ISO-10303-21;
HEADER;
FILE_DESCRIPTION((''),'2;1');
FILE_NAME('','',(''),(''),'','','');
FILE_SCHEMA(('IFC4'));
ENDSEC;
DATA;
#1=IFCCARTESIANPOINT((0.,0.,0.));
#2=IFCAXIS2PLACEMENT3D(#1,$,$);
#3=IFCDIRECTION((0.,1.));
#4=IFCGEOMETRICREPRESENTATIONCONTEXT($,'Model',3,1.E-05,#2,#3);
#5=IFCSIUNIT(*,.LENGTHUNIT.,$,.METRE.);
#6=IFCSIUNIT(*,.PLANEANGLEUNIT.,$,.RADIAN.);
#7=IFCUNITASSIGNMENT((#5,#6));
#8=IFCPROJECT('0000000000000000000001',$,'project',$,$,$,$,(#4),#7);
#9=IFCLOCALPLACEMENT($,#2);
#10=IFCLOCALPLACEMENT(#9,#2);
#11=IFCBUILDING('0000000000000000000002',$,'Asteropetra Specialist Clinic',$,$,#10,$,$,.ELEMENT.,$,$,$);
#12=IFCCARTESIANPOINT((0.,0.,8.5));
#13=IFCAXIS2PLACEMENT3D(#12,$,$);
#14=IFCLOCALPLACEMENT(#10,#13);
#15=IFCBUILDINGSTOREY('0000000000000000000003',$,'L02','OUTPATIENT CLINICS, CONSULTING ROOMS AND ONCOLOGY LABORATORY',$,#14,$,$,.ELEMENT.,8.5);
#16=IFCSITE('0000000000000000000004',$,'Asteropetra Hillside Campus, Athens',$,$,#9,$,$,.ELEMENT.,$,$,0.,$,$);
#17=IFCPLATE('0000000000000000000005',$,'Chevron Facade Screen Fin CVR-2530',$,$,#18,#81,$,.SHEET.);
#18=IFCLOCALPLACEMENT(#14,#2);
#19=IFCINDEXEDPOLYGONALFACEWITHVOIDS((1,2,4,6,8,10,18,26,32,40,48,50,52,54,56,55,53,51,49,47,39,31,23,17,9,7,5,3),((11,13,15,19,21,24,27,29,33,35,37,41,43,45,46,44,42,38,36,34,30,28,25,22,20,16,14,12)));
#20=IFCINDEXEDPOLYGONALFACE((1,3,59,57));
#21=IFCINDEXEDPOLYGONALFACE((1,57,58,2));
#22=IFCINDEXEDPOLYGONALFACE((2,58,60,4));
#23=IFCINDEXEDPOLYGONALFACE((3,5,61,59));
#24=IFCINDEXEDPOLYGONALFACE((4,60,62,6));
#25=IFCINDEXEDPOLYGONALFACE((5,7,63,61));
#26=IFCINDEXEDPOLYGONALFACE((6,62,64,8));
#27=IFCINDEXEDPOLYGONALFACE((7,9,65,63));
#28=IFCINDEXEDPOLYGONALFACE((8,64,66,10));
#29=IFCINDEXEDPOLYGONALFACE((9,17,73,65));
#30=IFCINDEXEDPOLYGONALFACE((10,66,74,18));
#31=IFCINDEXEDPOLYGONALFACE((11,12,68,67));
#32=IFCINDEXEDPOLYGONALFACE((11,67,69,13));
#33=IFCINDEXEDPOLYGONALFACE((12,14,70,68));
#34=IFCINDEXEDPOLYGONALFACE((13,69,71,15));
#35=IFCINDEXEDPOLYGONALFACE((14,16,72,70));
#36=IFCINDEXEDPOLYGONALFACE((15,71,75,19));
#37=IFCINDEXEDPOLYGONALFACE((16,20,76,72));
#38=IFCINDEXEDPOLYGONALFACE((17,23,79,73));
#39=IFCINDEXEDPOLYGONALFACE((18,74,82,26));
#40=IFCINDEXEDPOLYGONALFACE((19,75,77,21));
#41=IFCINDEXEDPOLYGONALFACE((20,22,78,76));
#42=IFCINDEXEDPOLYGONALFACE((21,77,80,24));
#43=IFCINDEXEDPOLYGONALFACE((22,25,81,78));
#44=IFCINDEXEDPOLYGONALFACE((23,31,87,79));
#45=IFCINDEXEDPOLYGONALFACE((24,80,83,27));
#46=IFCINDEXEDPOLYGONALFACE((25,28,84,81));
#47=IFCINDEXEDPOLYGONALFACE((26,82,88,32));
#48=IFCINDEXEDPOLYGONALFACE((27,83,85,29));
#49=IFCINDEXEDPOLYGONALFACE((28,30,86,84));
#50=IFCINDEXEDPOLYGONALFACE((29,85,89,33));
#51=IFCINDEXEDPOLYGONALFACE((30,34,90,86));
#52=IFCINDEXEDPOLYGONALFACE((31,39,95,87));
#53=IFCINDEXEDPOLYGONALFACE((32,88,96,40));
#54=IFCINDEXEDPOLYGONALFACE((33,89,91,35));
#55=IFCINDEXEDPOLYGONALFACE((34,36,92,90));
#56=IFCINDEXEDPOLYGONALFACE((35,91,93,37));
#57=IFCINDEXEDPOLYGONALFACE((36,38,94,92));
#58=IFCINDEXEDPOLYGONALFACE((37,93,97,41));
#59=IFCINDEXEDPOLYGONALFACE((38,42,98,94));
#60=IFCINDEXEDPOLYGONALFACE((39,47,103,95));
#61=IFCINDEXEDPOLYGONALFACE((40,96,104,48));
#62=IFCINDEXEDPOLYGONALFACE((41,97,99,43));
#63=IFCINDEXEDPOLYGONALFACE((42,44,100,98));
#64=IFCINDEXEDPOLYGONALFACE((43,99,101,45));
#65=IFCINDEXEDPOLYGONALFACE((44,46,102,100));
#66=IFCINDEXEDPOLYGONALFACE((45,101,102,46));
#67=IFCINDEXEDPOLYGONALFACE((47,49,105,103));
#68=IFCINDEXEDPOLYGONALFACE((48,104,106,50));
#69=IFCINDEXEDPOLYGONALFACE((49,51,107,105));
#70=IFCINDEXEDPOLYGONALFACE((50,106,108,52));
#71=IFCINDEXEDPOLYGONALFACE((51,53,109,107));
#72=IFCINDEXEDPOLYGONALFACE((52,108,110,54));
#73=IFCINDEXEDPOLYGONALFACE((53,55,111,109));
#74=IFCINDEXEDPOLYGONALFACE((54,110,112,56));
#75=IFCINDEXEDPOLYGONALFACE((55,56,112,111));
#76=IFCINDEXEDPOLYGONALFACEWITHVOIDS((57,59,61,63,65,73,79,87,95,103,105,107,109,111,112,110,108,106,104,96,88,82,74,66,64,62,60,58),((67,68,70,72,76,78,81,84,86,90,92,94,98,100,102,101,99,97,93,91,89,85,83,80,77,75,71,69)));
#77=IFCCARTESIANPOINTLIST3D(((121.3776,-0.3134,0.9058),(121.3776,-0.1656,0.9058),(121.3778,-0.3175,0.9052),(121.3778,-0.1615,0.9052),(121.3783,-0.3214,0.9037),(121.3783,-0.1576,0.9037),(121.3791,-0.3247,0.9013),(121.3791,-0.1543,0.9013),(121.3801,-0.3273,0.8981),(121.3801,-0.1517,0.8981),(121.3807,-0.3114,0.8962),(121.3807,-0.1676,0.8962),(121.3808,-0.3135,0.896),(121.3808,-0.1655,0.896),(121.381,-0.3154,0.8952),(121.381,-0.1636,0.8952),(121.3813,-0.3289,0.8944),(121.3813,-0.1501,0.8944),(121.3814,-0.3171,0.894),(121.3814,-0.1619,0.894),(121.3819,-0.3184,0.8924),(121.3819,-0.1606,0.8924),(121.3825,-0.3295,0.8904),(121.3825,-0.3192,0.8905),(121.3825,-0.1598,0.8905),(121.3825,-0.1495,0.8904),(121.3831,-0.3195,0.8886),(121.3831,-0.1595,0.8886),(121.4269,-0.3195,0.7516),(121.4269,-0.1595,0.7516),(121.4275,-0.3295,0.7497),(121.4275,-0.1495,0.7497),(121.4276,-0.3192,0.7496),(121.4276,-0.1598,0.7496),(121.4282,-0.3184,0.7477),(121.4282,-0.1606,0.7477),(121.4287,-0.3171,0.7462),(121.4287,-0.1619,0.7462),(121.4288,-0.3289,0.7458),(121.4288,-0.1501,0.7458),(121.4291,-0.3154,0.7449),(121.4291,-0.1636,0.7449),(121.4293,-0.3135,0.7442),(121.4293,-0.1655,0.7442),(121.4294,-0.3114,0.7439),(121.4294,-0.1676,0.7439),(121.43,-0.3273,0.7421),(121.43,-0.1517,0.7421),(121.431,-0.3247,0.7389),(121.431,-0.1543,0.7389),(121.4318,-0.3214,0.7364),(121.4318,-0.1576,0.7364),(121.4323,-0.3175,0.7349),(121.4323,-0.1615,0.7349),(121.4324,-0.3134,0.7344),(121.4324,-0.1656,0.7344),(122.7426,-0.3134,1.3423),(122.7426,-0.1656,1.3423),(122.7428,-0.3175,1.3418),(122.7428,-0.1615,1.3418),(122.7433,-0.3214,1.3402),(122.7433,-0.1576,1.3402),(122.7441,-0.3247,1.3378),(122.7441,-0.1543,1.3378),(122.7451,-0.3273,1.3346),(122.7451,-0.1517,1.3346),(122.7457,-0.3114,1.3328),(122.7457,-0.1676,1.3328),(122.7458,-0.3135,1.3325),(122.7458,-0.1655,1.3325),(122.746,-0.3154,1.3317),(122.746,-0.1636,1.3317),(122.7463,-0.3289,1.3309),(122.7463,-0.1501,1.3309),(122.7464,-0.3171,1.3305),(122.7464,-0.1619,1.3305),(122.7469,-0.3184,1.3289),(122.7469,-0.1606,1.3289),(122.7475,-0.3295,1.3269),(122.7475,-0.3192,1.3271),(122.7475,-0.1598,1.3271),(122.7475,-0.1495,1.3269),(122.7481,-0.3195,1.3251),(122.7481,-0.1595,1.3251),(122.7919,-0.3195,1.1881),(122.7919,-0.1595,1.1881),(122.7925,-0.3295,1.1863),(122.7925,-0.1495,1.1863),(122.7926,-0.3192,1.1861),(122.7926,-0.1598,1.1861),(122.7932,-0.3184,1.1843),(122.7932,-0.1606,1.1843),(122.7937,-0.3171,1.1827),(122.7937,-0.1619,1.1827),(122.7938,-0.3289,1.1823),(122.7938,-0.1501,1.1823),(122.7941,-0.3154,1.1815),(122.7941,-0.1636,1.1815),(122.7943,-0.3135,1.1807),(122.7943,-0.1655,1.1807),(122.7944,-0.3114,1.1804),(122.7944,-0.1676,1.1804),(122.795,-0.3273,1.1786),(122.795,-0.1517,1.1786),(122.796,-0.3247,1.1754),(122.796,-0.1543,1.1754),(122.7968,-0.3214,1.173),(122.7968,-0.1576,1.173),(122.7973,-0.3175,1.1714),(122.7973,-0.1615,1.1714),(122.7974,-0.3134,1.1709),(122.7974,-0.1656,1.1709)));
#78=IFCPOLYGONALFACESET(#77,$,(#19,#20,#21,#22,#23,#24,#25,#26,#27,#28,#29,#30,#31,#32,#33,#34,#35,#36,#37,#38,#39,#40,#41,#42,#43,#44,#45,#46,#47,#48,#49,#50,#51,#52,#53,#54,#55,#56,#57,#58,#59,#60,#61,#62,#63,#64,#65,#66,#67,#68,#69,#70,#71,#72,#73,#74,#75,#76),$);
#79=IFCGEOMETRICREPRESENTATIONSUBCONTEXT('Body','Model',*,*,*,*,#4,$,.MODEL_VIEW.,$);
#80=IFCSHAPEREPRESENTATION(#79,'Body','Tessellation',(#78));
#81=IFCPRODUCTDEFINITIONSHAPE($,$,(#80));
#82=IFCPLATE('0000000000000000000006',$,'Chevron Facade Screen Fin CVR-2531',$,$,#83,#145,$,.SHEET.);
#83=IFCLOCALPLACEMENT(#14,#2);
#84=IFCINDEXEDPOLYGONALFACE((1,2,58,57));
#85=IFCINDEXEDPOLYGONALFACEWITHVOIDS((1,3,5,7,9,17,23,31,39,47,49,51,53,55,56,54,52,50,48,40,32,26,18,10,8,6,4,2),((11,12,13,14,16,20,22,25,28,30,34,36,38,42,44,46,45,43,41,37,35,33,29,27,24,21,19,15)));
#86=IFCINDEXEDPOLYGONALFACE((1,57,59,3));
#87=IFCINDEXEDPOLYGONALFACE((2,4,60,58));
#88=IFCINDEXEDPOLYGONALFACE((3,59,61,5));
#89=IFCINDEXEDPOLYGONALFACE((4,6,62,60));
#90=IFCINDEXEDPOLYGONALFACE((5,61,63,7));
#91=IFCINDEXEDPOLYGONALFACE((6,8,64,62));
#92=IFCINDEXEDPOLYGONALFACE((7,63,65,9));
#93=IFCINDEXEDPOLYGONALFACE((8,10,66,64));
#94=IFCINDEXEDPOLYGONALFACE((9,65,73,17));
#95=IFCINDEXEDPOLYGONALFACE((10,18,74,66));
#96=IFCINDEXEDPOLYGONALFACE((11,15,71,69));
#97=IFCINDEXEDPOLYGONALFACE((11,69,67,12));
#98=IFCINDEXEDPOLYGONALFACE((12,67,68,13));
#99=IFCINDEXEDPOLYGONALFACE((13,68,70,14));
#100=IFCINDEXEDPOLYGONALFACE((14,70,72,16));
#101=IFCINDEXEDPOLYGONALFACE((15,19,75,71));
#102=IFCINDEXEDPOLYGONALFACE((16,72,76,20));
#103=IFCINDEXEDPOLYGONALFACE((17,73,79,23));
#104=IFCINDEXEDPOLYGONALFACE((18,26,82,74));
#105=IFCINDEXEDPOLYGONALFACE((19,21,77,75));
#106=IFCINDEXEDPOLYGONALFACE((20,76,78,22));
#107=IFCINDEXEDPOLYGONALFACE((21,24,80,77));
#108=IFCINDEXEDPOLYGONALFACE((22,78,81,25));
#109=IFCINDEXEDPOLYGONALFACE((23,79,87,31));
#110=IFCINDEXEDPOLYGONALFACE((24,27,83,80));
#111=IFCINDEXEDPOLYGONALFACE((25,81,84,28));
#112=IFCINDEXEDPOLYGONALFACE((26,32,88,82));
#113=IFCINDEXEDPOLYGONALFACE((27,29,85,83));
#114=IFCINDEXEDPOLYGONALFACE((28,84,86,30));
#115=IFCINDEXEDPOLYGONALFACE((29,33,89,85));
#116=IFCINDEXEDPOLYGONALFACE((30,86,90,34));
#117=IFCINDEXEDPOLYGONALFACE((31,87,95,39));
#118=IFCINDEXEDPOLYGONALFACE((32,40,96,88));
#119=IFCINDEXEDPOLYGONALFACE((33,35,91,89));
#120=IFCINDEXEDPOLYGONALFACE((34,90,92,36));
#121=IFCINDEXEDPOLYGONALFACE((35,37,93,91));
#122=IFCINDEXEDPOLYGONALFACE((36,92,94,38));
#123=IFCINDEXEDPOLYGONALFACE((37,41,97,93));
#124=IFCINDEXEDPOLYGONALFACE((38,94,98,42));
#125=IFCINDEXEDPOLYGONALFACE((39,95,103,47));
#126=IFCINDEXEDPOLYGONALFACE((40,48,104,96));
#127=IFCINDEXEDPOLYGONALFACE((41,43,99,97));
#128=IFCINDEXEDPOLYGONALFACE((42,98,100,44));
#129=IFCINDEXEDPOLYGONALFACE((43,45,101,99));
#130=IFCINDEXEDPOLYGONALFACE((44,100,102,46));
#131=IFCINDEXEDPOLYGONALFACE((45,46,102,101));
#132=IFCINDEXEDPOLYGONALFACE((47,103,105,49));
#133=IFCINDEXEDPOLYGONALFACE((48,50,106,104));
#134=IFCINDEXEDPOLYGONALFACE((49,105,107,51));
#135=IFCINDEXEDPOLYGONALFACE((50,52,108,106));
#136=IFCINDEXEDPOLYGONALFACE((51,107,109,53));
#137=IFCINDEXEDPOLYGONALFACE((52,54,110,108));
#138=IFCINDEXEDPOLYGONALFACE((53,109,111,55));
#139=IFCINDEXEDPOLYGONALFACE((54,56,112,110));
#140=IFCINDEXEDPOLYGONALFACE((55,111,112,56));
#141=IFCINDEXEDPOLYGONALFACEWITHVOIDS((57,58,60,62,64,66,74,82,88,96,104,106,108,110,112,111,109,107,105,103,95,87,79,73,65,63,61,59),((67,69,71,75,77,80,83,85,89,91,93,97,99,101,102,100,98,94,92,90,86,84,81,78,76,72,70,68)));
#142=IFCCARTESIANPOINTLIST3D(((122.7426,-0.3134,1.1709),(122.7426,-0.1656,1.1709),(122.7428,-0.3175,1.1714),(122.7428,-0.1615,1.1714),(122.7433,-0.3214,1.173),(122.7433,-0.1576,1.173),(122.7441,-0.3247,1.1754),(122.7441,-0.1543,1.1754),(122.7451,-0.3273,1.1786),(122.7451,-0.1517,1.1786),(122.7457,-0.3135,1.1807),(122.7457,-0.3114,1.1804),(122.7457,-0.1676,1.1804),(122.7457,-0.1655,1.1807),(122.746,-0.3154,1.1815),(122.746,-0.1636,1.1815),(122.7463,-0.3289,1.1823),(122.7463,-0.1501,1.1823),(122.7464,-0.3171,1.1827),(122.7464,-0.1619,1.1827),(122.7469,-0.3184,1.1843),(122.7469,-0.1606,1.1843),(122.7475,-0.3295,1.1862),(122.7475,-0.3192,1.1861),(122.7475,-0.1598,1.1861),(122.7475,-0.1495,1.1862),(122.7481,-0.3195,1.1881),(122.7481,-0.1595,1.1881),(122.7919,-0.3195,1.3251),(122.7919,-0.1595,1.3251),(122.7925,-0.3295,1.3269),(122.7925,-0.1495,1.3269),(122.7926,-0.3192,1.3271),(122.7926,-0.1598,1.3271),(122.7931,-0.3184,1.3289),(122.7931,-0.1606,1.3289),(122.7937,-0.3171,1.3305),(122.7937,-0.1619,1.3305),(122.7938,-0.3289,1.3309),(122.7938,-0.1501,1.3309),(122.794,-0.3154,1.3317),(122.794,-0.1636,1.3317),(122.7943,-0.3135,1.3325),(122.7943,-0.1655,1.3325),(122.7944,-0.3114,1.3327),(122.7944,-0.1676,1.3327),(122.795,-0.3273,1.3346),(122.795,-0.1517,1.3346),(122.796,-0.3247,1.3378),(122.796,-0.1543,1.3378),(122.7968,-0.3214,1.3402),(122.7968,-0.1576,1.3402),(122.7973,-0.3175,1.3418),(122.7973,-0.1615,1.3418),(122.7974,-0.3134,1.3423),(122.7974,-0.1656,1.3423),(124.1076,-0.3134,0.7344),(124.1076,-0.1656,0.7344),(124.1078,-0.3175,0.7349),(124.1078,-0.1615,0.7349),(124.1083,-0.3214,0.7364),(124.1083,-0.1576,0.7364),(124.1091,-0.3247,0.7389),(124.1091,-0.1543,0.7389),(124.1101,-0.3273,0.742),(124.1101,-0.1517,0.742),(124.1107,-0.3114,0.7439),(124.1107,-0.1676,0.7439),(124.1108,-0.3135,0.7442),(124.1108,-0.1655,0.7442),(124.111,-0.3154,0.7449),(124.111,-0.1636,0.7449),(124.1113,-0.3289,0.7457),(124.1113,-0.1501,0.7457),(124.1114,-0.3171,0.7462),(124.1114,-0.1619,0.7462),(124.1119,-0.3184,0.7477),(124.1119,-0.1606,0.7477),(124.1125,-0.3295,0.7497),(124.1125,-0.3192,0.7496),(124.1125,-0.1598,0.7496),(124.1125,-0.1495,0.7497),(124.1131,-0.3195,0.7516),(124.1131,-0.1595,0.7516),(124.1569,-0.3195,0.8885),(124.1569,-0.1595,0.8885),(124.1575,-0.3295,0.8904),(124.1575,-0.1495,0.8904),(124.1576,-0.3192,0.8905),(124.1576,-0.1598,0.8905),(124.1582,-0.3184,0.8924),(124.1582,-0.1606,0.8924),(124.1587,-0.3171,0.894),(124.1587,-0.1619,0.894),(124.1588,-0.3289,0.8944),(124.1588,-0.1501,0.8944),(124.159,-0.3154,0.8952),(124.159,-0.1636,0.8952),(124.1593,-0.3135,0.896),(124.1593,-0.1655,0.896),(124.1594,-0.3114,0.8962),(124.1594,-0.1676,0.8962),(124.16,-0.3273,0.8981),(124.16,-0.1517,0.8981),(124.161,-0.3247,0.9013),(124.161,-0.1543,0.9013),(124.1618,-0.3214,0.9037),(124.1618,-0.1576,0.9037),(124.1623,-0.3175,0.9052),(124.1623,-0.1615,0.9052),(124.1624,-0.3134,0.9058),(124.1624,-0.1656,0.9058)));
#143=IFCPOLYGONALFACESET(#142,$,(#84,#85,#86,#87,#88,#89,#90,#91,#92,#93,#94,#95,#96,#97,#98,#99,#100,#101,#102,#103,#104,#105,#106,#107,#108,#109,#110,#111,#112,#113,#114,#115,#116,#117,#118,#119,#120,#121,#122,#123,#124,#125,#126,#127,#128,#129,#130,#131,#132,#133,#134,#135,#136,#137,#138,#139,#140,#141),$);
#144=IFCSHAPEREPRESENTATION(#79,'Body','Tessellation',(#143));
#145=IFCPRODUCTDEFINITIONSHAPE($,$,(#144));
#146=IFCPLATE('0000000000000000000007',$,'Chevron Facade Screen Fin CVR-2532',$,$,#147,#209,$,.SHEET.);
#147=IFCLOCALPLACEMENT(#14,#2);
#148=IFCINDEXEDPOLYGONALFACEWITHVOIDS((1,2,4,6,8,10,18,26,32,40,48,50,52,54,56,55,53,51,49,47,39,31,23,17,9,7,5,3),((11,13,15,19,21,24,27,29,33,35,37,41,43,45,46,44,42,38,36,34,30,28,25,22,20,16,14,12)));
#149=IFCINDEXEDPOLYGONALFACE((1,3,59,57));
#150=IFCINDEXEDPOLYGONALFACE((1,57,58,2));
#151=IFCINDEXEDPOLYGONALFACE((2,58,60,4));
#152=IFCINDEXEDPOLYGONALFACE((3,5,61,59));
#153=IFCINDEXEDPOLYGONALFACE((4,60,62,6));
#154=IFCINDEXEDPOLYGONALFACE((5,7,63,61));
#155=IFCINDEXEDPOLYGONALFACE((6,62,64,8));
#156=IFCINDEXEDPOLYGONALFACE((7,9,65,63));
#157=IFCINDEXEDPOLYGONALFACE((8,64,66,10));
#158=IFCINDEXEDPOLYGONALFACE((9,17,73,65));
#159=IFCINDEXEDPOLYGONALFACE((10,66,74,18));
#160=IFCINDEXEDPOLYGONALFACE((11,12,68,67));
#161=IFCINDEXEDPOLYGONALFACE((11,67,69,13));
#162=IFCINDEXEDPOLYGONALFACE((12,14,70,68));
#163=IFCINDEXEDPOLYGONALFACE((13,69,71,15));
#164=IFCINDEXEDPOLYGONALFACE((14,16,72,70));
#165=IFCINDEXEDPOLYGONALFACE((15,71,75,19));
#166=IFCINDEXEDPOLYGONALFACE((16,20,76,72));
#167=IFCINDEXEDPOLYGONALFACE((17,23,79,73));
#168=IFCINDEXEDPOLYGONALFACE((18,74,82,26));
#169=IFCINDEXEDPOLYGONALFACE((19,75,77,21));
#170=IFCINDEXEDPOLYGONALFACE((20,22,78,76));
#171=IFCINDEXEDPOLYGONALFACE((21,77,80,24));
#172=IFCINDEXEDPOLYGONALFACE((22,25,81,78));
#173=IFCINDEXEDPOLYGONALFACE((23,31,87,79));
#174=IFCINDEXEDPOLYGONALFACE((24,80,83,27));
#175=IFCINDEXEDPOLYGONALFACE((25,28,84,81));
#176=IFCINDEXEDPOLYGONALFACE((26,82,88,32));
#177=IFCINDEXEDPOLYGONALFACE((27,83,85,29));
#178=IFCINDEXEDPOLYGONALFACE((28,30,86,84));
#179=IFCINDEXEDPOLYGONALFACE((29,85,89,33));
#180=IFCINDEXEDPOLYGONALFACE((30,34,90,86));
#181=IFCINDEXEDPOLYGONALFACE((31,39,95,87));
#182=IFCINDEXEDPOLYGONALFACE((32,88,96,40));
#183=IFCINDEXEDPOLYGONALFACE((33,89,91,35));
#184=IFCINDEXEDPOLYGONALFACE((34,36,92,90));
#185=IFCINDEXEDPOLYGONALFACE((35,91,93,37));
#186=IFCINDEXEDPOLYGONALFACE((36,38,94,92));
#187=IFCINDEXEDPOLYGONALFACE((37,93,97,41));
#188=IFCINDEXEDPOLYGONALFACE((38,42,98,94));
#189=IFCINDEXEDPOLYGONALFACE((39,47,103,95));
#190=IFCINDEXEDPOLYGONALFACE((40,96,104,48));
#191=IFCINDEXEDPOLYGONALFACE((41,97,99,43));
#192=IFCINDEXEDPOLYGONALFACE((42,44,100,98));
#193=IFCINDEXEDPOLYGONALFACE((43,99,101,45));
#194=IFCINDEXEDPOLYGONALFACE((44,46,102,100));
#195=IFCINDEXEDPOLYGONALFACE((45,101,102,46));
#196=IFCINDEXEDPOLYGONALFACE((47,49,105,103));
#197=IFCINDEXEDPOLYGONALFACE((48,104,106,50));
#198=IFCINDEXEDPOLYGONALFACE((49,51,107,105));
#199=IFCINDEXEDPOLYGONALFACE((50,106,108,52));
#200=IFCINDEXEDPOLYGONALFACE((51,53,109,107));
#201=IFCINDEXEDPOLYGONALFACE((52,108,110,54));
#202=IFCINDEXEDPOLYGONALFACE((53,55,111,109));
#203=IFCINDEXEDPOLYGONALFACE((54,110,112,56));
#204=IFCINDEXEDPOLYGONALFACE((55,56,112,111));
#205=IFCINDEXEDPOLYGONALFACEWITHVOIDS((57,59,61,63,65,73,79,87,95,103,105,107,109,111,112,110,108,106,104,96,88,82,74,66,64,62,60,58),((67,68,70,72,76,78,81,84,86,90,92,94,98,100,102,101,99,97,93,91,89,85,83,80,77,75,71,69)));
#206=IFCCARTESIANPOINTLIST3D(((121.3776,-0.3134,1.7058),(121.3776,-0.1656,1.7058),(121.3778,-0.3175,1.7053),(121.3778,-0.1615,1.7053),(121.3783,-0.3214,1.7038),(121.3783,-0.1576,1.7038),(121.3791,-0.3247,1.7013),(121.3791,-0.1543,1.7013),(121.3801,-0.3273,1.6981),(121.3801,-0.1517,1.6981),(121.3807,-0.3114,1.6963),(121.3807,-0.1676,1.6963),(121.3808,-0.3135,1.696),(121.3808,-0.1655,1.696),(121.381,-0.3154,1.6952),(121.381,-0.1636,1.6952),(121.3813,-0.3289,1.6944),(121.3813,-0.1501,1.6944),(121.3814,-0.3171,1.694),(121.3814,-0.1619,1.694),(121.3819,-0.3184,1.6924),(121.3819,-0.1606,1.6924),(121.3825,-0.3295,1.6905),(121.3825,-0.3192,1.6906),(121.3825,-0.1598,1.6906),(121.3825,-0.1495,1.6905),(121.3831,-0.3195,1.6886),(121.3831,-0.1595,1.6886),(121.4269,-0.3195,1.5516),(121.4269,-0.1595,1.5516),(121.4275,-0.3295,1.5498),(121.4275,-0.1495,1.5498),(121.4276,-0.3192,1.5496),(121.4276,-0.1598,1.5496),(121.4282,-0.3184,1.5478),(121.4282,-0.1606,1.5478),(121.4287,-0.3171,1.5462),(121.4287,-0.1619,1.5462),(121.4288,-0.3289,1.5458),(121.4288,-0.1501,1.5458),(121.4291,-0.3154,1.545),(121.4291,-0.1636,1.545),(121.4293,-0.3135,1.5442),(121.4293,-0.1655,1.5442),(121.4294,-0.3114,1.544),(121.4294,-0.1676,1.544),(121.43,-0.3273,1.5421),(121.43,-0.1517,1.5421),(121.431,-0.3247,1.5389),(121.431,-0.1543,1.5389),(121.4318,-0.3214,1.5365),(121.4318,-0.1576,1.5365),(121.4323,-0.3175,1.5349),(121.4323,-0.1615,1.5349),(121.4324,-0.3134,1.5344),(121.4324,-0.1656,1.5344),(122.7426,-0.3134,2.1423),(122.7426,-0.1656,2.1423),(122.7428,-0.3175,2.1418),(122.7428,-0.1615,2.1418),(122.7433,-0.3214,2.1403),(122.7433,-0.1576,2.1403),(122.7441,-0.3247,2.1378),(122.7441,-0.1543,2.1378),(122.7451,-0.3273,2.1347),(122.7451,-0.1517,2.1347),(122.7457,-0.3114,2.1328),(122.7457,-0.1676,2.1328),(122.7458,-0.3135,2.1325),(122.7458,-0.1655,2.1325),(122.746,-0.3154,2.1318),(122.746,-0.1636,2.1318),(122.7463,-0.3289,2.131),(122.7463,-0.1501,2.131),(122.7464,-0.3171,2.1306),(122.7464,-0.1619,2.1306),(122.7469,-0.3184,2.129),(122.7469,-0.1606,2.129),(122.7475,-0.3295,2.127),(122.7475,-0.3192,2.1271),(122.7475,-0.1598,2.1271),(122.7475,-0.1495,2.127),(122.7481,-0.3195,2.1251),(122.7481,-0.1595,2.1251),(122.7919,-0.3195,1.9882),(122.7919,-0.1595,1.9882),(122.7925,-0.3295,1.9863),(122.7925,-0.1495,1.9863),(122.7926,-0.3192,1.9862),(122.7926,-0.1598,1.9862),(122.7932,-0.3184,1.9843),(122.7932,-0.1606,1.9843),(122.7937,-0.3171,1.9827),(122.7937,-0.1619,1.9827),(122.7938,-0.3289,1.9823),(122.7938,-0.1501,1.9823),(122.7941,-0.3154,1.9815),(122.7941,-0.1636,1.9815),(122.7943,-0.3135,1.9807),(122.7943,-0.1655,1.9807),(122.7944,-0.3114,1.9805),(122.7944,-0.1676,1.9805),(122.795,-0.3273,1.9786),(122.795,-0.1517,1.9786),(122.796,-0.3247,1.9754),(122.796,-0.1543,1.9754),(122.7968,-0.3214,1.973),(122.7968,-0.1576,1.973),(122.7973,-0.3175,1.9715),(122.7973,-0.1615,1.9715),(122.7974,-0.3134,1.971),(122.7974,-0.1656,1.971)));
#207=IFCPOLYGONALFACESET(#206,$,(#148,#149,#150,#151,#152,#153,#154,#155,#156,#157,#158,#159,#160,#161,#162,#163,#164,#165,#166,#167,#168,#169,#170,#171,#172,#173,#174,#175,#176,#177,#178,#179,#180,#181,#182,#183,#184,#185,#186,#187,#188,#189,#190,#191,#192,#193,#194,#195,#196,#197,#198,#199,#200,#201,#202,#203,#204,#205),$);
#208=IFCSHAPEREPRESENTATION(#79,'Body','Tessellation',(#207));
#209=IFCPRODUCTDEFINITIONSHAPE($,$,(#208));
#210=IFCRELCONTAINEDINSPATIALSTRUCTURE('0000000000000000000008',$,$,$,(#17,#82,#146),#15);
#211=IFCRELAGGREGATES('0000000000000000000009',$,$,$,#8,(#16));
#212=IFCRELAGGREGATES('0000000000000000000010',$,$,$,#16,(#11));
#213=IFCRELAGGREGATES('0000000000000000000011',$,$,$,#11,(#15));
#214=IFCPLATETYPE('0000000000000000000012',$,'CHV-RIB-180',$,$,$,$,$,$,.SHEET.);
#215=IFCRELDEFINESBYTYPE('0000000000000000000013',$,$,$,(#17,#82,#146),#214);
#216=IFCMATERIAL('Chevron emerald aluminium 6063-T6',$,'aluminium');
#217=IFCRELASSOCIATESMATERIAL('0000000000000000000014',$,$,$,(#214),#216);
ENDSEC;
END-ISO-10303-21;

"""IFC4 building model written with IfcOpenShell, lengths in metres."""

from ifc_helpers import new_model, si_unit, direction, frame, origin, origin_2d, place, context, subcontext, project, spatial, hollow_rectangle, extrude, material, material_profile, profile_set, type_object, element, save


model = new_model("IFC4")

# Units and contexts
model_context = context("Model", 3, precision=1e-05, world=origin(), true_north=direction((0.0, 1.0)))
body_context = subcontext(model_context, "Body", "Model", "MODEL_VIEW")
ifc_project = project(units=[si_unit("LENGTHUNIT", "METRE"), si_unit("PLANEANGLEUNIT", "RADIAN")], contexts=[model_context])

# Site, building, storey
site_placement = place(None, origin())
site = spatial("IfcSite", under=ifc_project, at=site_placement, Name="Asteropetra Hillside Campus, Athens", CompositionType="ELEMENT", RefElevation=0.0)
building_placement = place(site_placement, origin())
building = spatial("IfcBuilding", under=site, at=building_placement, Name="Asteropetra Specialist Clinic", CompositionType="ELEMENT")
storey_placement = place(building_placement, frame((0.0, 0.0, 8.5)))
storey = spatial("IfcBuildingStorey", under=building, at=storey_placement, Name="L02", Description="OUTPATIENT CLINICS, CONSULTING ROOMS AND ONCOLOGY LABORATORY", CompositionType="ELEMENT", Elevation=8.5)

# Plates
ifc_material_1 = material(Name="Chevron emerald aluminium 6063-T6", Category="aluminium")
ifc_material_profile = material_profile(ifc_material_1, hollow_rectangle(XDim=0.1799, YDim=0.1799, WallThickness=0.01, InnerFilletRadius=0.0081, OuterFilletRadius=0.0161, at=origin_2d()), Name="SHS 180x180x10.0")
ifc_profile_set = profile_set([ifc_material_profile], Name="Chevron emerald aluminium 6063-T6")
plate_type = type_object("IfcPlateType", Name="CHV-RIB-180", PredefinedType="SHEET", material=ifc_profile_set)
for number, where, z_axis, x_axis, name in (
    (1, (121.405, -0.2395, 0.8201), (0.95248, 0.0, 0.304603), (0.0, 1.0, 0.0), "Chevron Facade Screen Fin CVR-2530"),
    (2, (122.77, -0.2395, 1.2566), (0.95248, 0.0, -0.304603), (0.0, 1.0, 0.0), "Chevron Facade Screen Fin CVR-2531"),
    (3, (121.405, -0.2395, 1.6201), (0.95248, 0.0, 0.304603), (0.0, 1.0, 0.0), "Chevron Facade Screen Fin CVR-2532"),
):
    element("IfcPlate", number, at=place(storey_placement, frame(where, z_axis=z_axis, x_axis=x_axis)), inside=storey, type_object=plate_type, Name=name, PredefinedType="SHEET", context=body_context, shape_type="SweptSolid", body=[
        extrude(hollow_rectangle(XDim=0.1799, YDim=0.1799, WallThickness=0.01, InnerFilletRadius=0.0081, OuterFilletRadius=0.0161, at=origin_2d()), origin(), (0.0, 0.0, 1.0), 1.4331),
    ])

save(model, "model.ifc")
